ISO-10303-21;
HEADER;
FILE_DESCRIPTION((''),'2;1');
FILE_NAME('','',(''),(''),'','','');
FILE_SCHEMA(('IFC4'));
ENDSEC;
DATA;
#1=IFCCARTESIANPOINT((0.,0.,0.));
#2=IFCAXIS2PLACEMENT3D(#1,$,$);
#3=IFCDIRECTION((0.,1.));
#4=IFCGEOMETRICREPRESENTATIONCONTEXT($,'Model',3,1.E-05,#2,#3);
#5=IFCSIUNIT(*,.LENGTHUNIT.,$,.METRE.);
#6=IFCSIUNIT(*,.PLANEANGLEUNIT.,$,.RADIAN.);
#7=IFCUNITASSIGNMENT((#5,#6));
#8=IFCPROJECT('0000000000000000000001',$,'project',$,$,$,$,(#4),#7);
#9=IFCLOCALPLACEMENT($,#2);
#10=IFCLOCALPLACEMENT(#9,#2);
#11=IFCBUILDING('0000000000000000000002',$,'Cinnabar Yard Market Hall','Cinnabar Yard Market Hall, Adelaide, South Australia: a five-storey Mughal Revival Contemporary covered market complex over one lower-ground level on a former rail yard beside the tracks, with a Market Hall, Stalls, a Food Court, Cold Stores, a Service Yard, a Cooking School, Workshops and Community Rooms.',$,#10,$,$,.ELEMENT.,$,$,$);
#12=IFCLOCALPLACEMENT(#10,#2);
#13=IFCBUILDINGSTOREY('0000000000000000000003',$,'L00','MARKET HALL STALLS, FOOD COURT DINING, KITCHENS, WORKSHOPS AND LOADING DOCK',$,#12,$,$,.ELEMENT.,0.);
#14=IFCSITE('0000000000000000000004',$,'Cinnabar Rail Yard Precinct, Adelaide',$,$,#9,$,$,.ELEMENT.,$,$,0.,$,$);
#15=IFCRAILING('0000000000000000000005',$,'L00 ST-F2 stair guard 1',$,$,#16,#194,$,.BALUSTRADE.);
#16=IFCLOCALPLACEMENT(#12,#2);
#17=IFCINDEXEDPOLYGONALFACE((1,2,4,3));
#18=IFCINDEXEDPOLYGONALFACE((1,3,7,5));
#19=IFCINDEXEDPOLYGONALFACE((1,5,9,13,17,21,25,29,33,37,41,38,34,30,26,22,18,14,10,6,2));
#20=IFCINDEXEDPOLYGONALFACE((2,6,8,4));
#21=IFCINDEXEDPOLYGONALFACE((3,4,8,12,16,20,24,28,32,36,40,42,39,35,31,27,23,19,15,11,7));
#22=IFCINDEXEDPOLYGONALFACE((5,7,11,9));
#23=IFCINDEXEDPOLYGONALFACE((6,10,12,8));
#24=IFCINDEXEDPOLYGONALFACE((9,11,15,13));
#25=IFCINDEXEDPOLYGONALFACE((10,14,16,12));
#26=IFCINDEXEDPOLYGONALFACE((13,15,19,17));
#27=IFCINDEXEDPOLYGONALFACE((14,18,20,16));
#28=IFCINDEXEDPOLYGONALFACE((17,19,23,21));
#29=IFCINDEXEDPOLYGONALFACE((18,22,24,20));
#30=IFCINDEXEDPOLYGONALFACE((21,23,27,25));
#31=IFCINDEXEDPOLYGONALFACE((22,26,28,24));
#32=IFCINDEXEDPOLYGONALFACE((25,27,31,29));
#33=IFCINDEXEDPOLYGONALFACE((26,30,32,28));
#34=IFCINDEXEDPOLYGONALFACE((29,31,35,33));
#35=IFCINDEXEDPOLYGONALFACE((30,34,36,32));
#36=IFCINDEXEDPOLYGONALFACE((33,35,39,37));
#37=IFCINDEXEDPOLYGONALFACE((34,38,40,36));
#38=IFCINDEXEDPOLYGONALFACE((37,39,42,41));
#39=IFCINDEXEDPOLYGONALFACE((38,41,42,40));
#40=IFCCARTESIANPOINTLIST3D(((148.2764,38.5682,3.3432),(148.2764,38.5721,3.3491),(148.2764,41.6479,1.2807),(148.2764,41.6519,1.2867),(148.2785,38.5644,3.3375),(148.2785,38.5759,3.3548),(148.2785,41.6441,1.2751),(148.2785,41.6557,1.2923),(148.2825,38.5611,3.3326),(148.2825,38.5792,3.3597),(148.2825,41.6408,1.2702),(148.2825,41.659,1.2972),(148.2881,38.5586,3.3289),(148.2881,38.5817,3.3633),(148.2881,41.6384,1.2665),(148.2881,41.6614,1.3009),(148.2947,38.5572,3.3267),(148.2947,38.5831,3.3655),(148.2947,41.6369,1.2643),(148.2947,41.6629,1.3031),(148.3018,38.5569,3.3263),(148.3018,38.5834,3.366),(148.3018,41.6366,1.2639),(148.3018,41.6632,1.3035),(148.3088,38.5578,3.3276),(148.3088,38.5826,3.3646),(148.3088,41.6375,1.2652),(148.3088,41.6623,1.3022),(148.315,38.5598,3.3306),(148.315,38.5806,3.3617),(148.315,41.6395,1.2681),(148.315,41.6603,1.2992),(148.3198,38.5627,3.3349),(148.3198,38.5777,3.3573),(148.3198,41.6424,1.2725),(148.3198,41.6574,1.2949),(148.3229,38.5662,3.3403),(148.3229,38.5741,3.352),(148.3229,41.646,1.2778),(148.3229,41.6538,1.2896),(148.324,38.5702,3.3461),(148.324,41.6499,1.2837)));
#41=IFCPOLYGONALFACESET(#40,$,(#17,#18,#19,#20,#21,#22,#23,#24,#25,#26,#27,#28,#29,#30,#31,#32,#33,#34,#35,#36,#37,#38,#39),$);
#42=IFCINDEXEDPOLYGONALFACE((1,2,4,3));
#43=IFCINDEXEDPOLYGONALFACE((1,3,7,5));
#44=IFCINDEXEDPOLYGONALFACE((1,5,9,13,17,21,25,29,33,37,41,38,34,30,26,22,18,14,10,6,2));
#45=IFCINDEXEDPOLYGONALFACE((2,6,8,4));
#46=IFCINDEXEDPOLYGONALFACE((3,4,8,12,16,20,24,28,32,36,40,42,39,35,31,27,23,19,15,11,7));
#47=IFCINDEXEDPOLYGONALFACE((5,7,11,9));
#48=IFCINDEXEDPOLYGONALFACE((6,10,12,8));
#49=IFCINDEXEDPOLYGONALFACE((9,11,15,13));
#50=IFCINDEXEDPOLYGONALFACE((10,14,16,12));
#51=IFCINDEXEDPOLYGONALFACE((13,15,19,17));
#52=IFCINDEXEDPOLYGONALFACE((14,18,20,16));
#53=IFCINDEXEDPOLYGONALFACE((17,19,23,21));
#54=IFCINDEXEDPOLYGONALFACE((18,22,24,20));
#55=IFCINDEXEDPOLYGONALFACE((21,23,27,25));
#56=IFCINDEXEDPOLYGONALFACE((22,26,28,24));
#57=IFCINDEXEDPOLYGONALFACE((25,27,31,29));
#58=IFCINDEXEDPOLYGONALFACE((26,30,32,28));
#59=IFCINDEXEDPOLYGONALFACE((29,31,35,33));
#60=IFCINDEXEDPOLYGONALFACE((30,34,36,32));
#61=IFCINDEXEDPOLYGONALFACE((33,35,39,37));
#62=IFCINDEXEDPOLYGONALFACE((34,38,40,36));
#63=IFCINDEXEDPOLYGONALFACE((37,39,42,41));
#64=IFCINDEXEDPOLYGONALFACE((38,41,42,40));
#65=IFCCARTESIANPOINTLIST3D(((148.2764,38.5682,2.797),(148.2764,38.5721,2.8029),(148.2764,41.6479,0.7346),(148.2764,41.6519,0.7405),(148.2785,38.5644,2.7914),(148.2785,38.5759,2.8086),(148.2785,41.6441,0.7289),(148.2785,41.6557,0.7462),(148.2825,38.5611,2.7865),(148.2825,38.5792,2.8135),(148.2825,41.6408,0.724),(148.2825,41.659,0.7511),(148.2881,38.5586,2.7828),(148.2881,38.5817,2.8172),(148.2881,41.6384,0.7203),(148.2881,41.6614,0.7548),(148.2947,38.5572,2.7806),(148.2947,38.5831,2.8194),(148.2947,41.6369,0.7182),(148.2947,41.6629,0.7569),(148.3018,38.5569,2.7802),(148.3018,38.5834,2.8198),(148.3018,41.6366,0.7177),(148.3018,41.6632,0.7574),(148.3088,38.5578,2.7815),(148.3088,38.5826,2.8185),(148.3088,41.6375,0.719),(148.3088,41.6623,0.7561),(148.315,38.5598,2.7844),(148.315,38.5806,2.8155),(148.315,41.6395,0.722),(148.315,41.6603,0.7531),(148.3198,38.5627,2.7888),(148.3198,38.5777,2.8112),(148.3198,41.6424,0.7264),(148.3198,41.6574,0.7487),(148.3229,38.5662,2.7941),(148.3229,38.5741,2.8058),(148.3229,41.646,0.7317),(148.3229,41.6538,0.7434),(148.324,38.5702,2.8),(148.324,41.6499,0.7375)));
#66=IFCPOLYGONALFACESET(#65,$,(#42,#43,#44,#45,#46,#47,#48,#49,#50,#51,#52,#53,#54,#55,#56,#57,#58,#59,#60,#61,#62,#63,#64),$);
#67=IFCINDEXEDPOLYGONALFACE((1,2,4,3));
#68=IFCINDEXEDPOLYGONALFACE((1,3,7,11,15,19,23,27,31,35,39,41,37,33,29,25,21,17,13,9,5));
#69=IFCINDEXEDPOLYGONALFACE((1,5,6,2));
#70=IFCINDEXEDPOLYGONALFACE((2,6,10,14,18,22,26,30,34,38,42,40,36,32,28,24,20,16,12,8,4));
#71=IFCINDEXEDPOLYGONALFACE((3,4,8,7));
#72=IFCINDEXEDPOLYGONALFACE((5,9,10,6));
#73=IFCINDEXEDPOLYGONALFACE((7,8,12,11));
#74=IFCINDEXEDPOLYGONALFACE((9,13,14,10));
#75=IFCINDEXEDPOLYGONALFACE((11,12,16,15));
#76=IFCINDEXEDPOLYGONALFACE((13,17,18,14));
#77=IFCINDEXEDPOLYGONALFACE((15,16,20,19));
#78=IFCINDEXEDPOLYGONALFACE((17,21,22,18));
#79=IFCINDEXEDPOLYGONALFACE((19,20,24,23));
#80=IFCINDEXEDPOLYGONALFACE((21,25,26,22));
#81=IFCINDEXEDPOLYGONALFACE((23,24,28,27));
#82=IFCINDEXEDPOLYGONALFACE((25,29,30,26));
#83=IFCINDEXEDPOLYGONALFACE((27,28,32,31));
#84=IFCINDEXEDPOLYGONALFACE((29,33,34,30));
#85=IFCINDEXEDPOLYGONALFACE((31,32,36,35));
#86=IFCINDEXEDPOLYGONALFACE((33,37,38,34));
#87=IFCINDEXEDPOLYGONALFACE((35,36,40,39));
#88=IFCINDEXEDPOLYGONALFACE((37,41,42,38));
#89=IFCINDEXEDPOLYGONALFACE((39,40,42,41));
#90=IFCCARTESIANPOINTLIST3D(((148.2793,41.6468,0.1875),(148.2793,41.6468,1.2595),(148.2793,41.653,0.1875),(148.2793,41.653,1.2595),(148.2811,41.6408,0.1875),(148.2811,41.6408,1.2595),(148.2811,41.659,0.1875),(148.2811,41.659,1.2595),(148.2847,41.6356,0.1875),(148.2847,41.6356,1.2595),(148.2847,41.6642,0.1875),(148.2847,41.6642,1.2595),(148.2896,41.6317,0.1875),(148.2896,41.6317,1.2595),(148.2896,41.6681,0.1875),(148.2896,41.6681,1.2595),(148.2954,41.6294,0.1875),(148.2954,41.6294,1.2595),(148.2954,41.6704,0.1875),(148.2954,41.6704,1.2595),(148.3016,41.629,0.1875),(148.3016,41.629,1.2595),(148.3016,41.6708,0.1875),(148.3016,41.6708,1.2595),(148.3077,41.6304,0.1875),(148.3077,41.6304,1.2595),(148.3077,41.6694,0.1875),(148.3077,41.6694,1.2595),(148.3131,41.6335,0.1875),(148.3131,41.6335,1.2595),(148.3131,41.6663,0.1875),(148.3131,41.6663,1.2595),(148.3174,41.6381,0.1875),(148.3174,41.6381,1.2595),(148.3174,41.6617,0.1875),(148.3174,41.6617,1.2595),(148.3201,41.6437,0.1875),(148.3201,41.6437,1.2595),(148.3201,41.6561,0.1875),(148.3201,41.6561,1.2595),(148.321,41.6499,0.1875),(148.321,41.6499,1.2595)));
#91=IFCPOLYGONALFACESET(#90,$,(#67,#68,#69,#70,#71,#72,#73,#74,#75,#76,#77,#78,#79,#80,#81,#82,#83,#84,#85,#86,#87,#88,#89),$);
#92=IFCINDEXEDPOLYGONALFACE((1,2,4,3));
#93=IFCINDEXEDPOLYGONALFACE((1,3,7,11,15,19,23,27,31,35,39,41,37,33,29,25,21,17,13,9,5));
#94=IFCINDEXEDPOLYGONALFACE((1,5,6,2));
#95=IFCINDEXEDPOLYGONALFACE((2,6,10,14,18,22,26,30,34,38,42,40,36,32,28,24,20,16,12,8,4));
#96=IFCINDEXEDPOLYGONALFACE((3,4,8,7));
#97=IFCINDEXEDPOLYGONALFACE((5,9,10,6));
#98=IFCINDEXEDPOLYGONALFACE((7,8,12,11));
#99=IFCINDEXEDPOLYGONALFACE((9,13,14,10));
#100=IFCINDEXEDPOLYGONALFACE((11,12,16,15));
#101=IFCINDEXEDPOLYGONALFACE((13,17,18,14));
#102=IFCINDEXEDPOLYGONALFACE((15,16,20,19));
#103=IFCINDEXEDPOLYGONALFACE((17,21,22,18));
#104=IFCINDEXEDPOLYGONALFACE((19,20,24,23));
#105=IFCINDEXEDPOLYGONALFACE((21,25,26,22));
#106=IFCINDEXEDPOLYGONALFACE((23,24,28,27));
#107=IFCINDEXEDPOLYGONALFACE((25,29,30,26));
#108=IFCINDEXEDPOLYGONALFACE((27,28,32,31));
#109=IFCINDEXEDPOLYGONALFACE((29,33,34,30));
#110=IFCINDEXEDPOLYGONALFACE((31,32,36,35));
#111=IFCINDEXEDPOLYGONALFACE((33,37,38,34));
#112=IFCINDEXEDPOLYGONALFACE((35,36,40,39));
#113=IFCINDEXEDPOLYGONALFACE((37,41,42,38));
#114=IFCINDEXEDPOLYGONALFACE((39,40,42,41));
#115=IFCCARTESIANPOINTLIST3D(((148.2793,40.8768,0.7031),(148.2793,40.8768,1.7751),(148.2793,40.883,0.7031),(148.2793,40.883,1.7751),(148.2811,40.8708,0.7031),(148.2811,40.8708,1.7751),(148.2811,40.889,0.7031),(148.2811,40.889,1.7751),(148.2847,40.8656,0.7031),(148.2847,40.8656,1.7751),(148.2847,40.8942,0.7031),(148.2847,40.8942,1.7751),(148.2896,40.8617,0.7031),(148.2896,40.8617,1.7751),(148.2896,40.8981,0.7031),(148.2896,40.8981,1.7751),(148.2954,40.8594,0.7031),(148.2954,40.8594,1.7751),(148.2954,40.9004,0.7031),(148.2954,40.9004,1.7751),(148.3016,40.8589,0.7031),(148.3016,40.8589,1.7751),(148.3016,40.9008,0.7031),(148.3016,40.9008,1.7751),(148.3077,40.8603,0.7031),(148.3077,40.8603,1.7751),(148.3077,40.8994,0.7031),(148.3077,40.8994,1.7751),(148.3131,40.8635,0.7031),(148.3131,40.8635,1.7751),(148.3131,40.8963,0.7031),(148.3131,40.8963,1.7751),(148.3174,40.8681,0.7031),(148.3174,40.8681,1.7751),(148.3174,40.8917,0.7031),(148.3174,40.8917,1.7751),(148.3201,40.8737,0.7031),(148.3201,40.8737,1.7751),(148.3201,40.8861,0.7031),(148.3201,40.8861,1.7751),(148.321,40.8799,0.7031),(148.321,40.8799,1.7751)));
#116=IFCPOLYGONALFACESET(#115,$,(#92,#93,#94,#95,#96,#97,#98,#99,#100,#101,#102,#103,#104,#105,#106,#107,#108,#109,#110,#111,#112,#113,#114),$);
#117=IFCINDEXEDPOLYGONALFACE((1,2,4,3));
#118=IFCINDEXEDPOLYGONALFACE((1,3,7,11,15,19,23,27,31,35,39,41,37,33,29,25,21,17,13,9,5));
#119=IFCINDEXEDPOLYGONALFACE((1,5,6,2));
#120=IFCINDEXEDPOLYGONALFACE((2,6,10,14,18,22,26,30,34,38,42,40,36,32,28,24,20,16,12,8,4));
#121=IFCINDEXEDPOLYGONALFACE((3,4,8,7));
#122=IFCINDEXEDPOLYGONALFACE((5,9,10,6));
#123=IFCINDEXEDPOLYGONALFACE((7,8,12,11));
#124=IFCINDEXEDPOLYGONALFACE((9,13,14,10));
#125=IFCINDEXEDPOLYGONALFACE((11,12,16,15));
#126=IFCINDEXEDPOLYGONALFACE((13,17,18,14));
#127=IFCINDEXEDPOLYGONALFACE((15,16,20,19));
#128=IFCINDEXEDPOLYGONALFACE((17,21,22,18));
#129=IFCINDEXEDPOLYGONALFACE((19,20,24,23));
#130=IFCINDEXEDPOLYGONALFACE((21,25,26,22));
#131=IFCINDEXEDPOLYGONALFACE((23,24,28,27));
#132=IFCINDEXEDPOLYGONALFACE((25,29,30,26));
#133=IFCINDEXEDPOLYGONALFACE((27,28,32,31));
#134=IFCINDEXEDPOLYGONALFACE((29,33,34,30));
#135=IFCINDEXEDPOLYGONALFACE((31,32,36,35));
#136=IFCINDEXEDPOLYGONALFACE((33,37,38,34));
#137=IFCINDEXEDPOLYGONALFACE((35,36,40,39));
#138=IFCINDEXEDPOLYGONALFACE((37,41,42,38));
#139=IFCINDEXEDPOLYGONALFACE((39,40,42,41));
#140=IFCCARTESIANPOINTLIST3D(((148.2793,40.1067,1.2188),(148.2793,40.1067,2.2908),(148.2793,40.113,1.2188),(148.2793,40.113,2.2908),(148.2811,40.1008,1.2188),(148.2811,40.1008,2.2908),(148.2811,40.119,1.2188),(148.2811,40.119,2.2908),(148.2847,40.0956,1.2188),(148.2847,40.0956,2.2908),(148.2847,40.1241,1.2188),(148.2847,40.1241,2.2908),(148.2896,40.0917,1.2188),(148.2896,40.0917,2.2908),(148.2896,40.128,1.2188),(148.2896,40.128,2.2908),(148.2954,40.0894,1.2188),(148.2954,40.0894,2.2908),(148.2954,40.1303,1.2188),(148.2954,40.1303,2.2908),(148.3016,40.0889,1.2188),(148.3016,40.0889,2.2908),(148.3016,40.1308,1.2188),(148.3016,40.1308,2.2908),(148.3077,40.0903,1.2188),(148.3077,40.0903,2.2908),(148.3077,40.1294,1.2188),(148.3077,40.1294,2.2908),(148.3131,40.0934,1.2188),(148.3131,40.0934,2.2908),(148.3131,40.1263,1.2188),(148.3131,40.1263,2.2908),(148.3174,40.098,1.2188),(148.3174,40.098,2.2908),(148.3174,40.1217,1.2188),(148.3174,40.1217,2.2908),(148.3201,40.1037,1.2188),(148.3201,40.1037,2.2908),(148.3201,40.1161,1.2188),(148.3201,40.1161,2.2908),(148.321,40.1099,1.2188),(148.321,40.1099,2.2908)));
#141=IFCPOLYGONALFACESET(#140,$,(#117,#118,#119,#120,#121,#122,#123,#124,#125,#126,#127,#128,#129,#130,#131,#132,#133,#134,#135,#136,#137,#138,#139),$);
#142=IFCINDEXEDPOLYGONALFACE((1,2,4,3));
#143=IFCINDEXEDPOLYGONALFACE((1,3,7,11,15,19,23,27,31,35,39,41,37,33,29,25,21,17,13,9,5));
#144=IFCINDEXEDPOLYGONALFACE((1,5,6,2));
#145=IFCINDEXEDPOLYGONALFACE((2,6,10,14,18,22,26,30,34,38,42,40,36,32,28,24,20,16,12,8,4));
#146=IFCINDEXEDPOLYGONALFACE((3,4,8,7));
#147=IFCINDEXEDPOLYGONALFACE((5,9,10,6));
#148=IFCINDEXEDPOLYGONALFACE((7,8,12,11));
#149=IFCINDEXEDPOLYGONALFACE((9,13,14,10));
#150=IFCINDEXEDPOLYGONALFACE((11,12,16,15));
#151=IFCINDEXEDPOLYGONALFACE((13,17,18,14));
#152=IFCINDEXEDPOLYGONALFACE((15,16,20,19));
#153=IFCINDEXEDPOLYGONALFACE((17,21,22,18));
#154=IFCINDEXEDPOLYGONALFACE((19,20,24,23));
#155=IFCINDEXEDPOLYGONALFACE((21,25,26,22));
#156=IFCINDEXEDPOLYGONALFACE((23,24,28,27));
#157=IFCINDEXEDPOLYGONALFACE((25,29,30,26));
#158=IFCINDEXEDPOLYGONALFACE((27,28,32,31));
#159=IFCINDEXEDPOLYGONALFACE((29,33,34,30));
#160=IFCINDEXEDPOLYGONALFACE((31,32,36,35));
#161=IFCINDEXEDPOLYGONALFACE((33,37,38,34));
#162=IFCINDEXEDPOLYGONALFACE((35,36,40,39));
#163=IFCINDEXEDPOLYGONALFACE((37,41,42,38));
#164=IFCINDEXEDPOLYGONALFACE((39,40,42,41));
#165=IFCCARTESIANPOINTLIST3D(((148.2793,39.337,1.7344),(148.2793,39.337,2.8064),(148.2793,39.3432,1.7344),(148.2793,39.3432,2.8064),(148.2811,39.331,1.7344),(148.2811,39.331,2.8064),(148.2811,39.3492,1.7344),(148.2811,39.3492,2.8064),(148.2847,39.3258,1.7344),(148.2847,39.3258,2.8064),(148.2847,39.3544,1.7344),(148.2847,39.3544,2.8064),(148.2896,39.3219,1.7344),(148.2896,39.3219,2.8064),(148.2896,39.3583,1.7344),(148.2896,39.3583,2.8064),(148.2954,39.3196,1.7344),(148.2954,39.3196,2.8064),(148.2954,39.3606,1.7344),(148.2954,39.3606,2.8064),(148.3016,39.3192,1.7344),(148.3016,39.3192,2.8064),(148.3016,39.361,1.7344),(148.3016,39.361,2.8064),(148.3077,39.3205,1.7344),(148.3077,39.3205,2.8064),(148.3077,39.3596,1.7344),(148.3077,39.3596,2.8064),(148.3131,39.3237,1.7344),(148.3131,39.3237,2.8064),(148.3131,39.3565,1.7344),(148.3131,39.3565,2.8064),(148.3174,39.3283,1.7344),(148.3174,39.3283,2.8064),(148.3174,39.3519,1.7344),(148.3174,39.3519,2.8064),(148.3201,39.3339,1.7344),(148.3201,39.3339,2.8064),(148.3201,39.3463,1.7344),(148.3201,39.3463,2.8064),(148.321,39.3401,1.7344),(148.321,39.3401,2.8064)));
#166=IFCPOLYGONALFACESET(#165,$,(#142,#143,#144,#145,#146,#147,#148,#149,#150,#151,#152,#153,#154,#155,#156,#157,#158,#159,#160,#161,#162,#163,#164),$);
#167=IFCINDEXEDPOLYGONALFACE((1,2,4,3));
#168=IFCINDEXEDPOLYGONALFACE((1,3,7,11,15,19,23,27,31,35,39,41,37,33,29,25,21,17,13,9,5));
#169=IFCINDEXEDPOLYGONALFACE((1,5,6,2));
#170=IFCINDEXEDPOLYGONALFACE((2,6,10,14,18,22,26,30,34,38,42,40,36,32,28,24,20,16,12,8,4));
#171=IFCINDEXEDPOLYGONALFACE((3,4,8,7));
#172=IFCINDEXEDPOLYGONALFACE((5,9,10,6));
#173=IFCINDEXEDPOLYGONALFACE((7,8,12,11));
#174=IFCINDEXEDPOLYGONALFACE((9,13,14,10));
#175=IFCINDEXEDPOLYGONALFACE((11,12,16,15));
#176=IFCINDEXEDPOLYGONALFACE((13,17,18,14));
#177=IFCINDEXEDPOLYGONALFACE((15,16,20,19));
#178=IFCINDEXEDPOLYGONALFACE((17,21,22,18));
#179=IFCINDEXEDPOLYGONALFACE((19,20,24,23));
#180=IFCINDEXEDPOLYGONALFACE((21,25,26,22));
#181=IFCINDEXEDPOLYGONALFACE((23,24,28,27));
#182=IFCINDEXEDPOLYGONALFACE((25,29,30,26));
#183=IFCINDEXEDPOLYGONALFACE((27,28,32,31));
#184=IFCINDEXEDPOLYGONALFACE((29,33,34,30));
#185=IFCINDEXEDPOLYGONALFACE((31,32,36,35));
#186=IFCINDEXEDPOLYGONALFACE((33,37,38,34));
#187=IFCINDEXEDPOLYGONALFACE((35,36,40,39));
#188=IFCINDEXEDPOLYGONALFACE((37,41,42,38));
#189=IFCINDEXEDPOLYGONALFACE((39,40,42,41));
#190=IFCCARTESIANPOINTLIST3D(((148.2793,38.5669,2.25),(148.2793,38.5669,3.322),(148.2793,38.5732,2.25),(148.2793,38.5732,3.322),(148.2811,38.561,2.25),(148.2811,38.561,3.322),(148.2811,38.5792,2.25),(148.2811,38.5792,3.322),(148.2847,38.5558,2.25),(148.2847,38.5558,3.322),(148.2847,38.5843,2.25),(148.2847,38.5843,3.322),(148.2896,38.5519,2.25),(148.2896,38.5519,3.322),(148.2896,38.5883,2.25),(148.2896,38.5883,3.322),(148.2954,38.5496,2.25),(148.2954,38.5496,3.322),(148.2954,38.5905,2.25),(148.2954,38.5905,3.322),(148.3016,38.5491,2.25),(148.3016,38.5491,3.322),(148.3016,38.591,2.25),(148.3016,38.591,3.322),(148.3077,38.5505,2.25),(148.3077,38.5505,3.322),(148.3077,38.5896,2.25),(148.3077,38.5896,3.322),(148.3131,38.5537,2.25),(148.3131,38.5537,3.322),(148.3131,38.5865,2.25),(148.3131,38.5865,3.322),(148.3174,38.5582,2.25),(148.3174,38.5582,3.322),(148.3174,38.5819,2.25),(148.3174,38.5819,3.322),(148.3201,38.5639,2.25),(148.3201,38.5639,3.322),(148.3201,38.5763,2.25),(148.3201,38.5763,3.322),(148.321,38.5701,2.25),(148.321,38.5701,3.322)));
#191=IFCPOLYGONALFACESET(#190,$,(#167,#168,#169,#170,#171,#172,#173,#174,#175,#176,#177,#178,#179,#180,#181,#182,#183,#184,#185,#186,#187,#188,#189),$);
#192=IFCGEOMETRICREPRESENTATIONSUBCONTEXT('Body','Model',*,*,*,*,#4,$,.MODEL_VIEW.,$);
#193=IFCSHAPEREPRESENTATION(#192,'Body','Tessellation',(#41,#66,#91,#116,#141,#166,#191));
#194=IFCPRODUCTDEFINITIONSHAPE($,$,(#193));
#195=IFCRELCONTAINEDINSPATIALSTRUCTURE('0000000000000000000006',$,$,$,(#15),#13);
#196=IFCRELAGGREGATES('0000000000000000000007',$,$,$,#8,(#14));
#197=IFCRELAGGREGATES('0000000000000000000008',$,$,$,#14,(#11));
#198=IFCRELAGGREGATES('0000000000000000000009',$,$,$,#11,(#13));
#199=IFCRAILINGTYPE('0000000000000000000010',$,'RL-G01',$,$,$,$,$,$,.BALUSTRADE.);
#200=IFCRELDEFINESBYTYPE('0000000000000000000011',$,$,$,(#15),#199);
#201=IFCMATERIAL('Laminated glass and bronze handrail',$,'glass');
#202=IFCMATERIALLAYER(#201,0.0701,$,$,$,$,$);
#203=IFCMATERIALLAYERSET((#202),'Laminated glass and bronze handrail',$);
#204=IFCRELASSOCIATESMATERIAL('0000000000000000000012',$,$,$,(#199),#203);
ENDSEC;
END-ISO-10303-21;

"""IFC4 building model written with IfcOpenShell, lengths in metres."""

from ifc_helpers import new_model, si_unit, direction, frame, origin, origin_2d_with_axis, place, context, subcontext, project, spatial, circle, extrude, material, layer, layer_set, type_object, element, save


model = new_model("IFC4")

# Units and contexts
model_context = context("Model", 3, precision=1e-05, world=origin(), true_north=direction((0.0, 1.0)))
body_context = subcontext(model_context, "Body", "Model", "MODEL_VIEW")
ifc_project = project(units=[si_unit("LENGTHUNIT", "METRE"), si_unit("PLANEANGLEUNIT", "RADIAN")], contexts=[model_context])

# Site, building, storey
site_placement = place(None, origin())
site = spatial("IfcSite", under=ifc_project, at=site_placement, Name="Cinnabar Rail Yard Precinct, Adelaide", CompositionType="ELEMENT", RefElevation=0.0)
building_placement = place(site_placement, origin())
building = spatial("IfcBuilding", under=site, at=building_placement, Name="Cinnabar Yard Market Hall", Description="Cinnabar Yard Market Hall, Adelaide, South Australia: a five-storey Mughal Revival Contemporary covered market complex over one lower-ground level on a former rail yard beside the tracks, with a Market Hall, Stalls, a Food Court, Cold Stores, a Service Yard, a Cooking School, Workshops and Community Rooms.", CompositionType="ELEMENT")
storey_placement = place(building_placement, origin())
storey = spatial("IfcBuildingStorey", under=building, at=storey_placement, Name="L00", Description="MARKET HALL STALLS, FOOD COURT DINING, KITCHENS, WORKSHOPS AND LOADING DOCK", CompositionType="ELEMENT", Elevation=0.0)

# Railing
ifc_material_1 = material(Name="Laminated glass and bronze handrail", Category="glass")
ifc_layer_1 = layer(ifc_material_1, 0.0701)
ifc_layer_set_1 = layer_set([ifc_layer_1], Name="Laminated glass and bronze handrail")
railing_type_1 = type_object("IfcRailingType", Name="RL-G01", PredefinedType="BALUSTRADE", material=ifc_layer_set_1)
railing_1_placement = place(storey_placement, frame((148.3, 41.6499, 0.1875)))
element("IfcRailing", 1, at=railing_1_placement, inside=storey, type_object=railing_type_1, Name="L00 ST-F2 stair guard 1", PredefinedType="BALUSTRADE", context=body_context, shape_type="SweptSolid", body=[
    extrude(circle(Radius=0.0239, at=origin_2d_with_axis()), frame((0.0, 0.0, 1.0962), z_axis=(0.0, -0.830893, 0.556432), x_axis=(1.0, 0.0, 0.0)), (0.0, 0.0, 1.0), 3.7065),
    extrude(circle(Radius=0.0239, at=origin_2d_with_axis()), frame((0.0, 0.0, 0.55), z_axis=(0.0, -0.830893, 0.556432), x_axis=(1.0, 0.0, 0.0)), (0.0, 0.0, 1.0), 3.7065),
    extrude(circle(Radius=0.021, at=origin_2d_with_axis()), origin(), (0.0, 0.0, 1.0), 1.072),
    extrude(circle(Radius=0.021, at=origin_2d_with_axis()), frame((0.0, -0.77, 0.5156)), (0.0, 0.0, 1.0), 1.072),
    extrude(circle(Radius=0.021, at=origin_2d_with_axis()), frame((0.0, -1.54, 1.0312)), (0.0, 0.0, 1.0), 1.072),
    extrude(circle(Radius=0.021, at=origin_2d_with_axis()), frame((0.0, -2.3098, 1.5469)), (0.0, 0.0, 1.0), 1.072),
    extrude(circle(Radius=0.021, at=origin_2d_with_axis()), frame((0.0, -3.0798, 2.0625)), (0.0, 0.0, 1.0), 1.072),
])

save(model, "model.ifc")
